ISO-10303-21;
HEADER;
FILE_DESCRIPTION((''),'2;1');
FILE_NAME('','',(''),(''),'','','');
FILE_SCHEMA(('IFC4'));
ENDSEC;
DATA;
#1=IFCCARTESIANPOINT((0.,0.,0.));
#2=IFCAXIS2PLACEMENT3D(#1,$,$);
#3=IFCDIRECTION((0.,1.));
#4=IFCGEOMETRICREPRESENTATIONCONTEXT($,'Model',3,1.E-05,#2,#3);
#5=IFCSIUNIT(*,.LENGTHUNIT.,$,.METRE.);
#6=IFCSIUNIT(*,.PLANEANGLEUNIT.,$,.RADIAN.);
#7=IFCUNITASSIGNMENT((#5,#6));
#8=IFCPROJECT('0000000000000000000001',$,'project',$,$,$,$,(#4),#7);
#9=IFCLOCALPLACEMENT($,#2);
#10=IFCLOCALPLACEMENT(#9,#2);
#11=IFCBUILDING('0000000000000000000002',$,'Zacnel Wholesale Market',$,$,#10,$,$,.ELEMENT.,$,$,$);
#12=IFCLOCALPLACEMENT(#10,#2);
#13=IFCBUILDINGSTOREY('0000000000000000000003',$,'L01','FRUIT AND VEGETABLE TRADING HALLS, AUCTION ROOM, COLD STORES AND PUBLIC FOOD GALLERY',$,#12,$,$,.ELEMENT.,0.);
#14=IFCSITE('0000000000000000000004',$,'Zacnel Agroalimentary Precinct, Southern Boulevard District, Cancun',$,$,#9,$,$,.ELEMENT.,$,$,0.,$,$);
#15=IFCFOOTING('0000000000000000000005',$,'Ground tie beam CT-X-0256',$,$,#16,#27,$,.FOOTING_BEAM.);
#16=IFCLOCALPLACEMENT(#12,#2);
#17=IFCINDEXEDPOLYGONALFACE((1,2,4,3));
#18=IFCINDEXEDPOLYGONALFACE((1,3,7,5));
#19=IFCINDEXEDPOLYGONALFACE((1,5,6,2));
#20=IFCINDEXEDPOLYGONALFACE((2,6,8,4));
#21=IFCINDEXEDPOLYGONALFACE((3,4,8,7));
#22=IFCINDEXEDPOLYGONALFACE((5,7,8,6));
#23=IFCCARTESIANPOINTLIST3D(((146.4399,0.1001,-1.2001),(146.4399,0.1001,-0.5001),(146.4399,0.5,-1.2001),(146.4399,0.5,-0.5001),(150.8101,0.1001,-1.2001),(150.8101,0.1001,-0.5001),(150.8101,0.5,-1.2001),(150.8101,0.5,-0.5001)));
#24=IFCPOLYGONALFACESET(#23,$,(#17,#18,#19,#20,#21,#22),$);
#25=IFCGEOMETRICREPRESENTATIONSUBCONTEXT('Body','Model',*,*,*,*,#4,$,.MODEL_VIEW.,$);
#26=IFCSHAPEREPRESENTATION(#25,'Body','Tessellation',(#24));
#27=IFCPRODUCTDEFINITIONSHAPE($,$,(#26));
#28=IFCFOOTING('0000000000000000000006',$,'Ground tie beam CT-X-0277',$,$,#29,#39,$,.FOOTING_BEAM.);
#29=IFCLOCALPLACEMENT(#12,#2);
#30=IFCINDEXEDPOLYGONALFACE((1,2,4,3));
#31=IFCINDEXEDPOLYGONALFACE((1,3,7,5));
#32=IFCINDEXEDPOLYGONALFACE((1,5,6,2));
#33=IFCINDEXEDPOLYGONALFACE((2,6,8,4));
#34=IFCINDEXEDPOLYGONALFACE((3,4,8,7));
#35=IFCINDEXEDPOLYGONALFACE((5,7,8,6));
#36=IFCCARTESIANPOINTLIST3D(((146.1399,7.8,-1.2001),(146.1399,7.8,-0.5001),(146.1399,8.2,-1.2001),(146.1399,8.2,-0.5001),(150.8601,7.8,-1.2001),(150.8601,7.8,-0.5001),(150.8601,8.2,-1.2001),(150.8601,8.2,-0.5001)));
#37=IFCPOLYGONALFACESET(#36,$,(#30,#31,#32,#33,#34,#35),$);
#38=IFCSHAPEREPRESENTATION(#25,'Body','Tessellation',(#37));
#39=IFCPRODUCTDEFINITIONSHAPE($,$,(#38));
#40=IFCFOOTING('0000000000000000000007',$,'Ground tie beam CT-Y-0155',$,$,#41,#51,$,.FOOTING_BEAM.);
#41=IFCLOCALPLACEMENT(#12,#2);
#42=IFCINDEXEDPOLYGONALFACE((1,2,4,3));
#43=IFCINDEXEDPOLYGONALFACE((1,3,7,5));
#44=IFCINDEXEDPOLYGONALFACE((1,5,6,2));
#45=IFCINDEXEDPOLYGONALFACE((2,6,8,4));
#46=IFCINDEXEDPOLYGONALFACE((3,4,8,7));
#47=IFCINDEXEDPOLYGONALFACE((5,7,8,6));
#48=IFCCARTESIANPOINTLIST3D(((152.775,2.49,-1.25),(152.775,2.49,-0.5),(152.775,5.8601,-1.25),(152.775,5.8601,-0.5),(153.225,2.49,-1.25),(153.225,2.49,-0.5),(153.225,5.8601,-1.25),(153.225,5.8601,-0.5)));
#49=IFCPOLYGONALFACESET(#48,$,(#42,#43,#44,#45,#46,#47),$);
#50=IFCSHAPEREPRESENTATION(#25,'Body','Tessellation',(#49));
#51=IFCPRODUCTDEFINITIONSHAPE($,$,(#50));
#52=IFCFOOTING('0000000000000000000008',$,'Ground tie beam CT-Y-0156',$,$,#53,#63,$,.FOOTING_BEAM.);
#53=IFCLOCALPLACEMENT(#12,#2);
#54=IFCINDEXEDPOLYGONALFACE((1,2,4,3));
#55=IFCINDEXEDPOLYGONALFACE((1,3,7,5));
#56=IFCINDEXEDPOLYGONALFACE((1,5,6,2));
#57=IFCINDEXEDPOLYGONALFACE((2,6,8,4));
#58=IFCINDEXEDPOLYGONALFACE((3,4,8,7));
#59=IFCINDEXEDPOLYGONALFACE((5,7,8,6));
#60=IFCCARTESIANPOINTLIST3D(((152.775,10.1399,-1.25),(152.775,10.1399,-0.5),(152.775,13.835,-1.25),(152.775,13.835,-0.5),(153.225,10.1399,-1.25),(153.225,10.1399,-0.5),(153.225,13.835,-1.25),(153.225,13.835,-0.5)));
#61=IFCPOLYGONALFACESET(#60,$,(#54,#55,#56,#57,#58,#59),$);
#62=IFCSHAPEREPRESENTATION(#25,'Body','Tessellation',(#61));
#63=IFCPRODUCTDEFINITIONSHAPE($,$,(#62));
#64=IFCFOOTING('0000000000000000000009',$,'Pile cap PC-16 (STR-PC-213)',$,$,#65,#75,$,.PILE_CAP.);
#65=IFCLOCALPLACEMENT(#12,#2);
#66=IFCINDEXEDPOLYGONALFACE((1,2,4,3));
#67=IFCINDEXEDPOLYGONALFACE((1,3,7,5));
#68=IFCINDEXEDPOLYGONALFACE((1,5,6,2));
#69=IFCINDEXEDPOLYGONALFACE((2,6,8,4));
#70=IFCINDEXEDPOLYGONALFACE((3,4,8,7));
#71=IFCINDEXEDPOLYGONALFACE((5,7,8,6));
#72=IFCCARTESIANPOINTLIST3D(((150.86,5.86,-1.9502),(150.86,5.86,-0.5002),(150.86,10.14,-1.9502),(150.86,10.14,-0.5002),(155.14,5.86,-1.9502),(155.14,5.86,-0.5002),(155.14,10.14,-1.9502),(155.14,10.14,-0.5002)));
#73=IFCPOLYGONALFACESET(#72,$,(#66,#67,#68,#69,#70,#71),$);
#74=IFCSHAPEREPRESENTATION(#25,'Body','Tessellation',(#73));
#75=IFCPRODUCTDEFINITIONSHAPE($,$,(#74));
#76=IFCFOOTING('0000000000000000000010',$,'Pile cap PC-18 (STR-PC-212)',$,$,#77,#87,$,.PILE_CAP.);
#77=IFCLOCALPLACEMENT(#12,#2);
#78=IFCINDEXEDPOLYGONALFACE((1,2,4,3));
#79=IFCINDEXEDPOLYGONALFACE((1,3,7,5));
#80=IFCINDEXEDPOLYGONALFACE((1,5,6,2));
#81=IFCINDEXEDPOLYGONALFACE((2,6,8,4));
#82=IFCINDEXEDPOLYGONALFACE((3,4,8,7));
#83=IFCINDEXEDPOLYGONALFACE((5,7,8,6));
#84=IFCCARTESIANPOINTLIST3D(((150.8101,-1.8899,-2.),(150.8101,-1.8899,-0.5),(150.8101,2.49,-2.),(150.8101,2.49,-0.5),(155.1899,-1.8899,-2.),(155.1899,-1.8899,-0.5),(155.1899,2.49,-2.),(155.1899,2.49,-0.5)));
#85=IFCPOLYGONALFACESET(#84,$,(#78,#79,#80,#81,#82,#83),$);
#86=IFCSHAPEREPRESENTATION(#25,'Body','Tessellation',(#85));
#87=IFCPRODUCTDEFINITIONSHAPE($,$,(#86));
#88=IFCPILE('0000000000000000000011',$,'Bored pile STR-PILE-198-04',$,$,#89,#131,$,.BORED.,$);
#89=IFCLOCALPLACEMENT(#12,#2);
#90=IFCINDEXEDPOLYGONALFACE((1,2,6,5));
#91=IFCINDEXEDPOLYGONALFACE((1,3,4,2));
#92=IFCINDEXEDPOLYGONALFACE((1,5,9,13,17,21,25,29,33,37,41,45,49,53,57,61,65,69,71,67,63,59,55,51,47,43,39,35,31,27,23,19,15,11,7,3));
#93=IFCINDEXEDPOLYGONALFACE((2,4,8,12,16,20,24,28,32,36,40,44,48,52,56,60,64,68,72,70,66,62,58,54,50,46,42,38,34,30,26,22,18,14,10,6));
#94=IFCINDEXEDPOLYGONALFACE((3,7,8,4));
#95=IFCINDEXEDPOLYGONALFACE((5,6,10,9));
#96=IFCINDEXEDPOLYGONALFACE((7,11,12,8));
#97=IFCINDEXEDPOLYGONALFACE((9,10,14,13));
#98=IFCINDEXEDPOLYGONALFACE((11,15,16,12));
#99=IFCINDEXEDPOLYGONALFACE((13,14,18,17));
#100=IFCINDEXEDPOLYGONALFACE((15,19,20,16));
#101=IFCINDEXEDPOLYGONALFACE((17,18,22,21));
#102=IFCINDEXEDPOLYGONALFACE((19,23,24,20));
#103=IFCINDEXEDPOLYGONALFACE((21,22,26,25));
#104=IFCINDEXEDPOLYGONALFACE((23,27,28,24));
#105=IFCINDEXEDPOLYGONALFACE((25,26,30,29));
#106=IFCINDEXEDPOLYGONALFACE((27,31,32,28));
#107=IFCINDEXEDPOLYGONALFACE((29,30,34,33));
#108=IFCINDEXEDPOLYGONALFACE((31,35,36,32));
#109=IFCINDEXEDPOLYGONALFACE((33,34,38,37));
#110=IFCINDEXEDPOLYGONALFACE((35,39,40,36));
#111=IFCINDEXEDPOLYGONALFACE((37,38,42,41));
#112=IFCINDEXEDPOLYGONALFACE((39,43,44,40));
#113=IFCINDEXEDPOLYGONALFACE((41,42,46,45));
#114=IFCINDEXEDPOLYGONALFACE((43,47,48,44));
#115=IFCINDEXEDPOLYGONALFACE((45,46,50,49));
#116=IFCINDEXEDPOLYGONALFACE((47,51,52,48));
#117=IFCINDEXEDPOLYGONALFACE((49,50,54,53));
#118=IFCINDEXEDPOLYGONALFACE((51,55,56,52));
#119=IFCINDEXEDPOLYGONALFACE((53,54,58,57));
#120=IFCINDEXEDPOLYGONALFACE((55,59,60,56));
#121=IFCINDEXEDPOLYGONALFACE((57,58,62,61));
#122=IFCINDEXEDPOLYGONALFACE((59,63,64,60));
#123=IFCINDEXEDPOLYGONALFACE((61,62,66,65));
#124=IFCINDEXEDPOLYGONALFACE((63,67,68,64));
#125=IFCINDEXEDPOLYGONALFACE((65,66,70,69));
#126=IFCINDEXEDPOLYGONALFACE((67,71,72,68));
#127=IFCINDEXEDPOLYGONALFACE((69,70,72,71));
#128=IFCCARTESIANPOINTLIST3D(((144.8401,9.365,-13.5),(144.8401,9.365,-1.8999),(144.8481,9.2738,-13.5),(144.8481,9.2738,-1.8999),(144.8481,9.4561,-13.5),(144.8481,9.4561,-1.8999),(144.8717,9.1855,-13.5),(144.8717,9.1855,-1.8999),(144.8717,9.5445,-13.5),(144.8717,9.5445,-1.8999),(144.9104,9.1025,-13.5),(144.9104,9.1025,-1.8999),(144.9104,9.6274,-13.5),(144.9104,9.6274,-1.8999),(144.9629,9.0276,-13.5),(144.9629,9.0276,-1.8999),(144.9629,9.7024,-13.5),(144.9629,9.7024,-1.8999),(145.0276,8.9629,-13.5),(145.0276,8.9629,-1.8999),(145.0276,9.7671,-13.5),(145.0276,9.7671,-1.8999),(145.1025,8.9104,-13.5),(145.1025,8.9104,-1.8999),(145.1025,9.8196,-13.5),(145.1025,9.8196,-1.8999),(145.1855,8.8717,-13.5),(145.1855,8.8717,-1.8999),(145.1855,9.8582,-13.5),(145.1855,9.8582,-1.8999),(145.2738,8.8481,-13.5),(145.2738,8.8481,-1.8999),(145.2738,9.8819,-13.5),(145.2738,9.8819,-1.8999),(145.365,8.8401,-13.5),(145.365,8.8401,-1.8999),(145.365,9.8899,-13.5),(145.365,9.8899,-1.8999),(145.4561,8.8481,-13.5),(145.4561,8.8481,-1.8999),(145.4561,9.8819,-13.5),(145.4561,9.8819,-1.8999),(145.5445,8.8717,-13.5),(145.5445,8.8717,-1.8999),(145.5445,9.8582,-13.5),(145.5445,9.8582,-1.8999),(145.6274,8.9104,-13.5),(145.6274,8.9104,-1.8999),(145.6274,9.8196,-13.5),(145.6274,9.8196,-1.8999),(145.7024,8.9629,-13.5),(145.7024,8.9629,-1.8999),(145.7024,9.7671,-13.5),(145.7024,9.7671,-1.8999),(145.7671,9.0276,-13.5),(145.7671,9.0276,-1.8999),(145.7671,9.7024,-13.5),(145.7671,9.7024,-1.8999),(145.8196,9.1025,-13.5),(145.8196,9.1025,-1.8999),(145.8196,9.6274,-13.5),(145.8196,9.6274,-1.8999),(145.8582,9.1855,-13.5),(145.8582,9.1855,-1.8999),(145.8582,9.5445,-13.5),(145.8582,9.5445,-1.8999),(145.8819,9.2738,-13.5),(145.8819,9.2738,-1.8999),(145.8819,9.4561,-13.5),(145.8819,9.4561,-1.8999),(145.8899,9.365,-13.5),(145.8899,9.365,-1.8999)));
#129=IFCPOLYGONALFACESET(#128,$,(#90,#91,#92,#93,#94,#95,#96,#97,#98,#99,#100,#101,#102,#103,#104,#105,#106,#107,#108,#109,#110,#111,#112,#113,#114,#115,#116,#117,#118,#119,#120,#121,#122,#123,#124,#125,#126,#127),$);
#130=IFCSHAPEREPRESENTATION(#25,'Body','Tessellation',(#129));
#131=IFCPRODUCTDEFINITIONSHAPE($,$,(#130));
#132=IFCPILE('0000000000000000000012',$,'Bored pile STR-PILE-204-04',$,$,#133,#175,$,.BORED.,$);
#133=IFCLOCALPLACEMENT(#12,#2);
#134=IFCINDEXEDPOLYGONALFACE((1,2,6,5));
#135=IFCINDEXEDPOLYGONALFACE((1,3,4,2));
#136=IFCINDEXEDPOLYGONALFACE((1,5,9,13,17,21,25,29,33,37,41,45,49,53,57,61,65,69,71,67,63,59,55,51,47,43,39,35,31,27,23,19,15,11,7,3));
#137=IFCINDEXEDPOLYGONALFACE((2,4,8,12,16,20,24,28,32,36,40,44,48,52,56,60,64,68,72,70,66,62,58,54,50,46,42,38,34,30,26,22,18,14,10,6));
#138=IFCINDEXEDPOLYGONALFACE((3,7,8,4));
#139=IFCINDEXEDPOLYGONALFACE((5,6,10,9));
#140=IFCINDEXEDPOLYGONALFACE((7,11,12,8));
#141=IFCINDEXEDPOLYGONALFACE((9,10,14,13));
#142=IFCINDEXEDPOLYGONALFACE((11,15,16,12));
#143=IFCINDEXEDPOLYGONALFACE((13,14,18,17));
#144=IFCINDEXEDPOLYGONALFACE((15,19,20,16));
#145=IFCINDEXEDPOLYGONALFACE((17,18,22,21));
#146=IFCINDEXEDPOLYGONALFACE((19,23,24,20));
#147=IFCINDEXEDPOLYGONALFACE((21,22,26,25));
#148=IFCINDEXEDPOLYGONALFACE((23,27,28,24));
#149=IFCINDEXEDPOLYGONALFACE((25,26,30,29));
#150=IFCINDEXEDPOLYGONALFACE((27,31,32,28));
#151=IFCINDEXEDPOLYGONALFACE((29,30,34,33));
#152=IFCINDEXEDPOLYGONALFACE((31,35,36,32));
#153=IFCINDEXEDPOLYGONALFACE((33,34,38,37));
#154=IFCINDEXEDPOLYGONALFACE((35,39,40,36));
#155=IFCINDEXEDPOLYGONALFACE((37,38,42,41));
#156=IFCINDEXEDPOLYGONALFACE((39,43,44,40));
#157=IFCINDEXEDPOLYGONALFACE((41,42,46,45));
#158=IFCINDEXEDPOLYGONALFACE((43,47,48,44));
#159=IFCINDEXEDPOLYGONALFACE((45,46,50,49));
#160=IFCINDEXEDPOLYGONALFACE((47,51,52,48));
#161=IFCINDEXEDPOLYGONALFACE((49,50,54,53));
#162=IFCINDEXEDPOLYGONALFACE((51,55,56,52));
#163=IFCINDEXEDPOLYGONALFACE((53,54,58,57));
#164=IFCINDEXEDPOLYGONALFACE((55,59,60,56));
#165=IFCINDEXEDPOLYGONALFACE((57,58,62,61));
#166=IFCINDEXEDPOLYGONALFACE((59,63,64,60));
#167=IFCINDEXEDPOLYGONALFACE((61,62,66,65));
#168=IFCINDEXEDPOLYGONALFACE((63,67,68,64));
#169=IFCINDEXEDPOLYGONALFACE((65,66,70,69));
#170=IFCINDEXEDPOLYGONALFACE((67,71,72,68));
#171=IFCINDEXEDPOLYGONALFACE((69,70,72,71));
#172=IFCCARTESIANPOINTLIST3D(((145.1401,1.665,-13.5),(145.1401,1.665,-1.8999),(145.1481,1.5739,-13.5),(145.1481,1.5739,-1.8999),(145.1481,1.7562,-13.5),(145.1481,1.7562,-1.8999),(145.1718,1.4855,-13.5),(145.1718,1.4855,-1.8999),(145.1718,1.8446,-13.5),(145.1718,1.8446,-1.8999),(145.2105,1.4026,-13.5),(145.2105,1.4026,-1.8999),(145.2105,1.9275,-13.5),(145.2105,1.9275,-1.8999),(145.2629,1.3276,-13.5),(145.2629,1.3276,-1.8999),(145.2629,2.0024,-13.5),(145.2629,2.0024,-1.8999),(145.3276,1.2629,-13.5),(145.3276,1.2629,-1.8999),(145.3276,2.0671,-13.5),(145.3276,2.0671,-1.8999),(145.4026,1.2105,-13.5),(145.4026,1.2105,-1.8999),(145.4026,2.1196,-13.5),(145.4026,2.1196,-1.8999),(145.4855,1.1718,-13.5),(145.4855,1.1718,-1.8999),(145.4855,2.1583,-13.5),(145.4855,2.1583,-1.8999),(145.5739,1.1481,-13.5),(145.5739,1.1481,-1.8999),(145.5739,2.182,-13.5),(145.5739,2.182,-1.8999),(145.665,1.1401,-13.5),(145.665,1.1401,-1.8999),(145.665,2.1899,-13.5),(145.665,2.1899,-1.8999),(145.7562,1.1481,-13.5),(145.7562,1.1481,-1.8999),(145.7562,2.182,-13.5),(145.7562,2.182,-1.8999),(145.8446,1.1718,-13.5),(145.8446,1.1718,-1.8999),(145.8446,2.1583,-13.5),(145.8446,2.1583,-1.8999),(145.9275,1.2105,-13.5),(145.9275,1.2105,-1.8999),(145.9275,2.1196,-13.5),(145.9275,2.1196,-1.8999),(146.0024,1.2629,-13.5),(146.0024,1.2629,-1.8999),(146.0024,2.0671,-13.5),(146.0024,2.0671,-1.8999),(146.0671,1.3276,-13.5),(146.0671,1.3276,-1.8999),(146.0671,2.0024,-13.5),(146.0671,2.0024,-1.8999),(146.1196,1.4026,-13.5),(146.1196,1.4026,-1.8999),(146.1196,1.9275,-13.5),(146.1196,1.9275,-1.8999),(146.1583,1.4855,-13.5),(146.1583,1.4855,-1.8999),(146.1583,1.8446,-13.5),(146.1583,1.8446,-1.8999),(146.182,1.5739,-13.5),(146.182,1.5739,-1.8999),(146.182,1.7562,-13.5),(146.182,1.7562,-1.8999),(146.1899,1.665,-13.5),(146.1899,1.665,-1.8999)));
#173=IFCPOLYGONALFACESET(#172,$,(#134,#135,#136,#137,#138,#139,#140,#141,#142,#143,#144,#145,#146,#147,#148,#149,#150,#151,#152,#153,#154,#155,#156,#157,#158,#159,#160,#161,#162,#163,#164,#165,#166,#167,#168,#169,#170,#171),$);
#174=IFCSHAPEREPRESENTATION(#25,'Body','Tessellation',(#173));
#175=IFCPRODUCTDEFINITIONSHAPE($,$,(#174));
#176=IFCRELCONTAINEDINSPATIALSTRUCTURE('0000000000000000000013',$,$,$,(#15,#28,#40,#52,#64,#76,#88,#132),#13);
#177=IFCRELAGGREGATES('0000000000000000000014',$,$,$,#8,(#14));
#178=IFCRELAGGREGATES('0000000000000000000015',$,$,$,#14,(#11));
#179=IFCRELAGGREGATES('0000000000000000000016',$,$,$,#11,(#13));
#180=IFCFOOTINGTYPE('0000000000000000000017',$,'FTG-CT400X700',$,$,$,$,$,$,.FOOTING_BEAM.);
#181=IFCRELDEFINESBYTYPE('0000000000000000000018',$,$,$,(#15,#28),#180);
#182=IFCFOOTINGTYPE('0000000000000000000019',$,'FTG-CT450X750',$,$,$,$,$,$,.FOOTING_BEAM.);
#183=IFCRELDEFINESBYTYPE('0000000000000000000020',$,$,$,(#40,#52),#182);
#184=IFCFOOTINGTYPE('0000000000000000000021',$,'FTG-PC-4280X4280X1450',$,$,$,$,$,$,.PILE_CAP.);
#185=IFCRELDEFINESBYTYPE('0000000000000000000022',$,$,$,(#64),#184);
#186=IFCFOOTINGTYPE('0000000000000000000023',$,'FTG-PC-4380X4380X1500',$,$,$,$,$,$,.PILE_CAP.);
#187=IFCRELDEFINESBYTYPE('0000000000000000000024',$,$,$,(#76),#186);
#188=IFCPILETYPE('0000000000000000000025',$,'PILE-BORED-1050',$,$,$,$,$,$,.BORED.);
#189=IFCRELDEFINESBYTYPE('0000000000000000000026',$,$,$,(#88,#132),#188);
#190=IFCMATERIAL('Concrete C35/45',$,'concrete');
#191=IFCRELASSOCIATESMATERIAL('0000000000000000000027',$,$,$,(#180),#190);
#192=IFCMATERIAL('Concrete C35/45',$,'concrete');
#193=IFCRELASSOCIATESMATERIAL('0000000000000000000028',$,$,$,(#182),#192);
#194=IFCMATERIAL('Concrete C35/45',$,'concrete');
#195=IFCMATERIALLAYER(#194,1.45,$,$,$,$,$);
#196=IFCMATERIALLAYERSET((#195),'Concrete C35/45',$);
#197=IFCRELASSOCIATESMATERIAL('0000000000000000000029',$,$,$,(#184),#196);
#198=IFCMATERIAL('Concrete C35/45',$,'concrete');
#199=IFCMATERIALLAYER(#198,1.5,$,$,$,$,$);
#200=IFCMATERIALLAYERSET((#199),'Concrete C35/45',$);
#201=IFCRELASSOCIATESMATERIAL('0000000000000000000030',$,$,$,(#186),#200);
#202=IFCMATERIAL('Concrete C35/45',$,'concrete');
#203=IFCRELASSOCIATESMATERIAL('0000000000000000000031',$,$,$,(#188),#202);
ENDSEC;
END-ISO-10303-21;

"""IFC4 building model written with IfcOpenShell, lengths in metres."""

from ifc_helpers import new_model, si_unit, direction, frame, origin, origin_2d, place, context, subcontext, project, spatial, rectangle, circle, extrude, material, layer, layer_set, material_profile, profile_set, type_object, element, save


model = new_model("IFC4")

# Units and contexts
model_context = context("Model", 3, precision=1e-05, world=origin(), true_north=direction((0.0, 1.0)))
body_context = subcontext(model_context, "Body", "Model", "MODEL_VIEW")
ifc_project = project(units=[si_unit("LENGTHUNIT", "METRE"), si_unit("PLANEANGLEUNIT", "RADIAN")], contexts=[model_context])

# Site, building, storey
site_placement = place(None, origin())
site = spatial("IfcSite", under=ifc_project, at=site_placement, Name="Zacnel Agroalimentary Precinct, Southern Boulevard District, Cancun", CompositionType="ELEMENT", RefElevation=0.0)
building_placement = place(site_placement, origin())
building = spatial("IfcBuilding", under=site, at=building_placement, Name="Zacnel Wholesale Market", CompositionType="ELEMENT")
storey_placement = place(building_placement, origin())
storey = spatial("IfcBuildingStorey", under=building, at=storey_placement, Name="L01", Description="FRUIT AND VEGETABLE TRADING HALLS, AUCTION ROOM, COLD STORES AND PUBLIC FOOD GALLERY", CompositionType="ELEMENT", Elevation=0.0)

# Footings
ifc_material_1 = material(Name="Concrete C35/45", Category="concrete")
ifc_material_profile_1 = material_profile(ifc_material_1, rectangle(XDim=0.3999, YDim=0.7, at=origin_2d()), Name="CT 400x700")
ifc_profile_set_1 = profile_set([ifc_material_profile_1], Name="Concrete C35/45")
footing_type_1 = type_object("IfcFootingType", Name="FTG-CT400X700", PredefinedType="FOOTING_BEAM", material=ifc_profile_set_1)
footing_1_placement = place(storey_placement, frame((146.4399, 0.3, -0.8501), z_axis=(1.0, 0.0, 0.0), x_axis=(0.0, 1.0, 0.0)))
element("IfcFooting", 1, at=footing_1_placement, inside=storey, type_object=footing_type_1, Name="Ground tie beam CT-X-0256", PredefinedType="FOOTING_BEAM", context=body_context, shape_type="SweptSolid", body=[
    extrude(rectangle(XDim=0.3999, YDim=0.7, at=origin_2d()), origin(), (0.0, 0.0, 1.0), 4.3701),
])
footing_2_placement = place(storey_placement, frame((146.1399, 8.0, -0.8501), z_axis=(1.0, 0.0, 0.0), x_axis=(0.0, 1.0, 0.0)))
element("IfcFooting", 2, at=footing_2_placement, inside=storey, type_object=footing_type_1, Name="Ground tie beam CT-X-0277", PredefinedType="FOOTING_BEAM", context=body_context, shape_type="SweptSolid", body=[
    extrude(rectangle(XDim=0.3999, YDim=0.7, at=origin_2d()), origin(), (0.0, 0.0, 1.0), 4.7202),
])
ifc_material_2 = material(Name="Concrete C35/45", Category="concrete")
ifc_material_profile_2 = material_profile(ifc_material_2, rectangle(XDim=0.45, YDim=0.75, at=origin_2d()), Name="CT 450x750")
ifc_profile_set_2 = profile_set([ifc_material_profile_2], Name="Concrete C35/45")
footing_type_2 = type_object("IfcFootingType", Name="FTG-CT450X750", PredefinedType="FOOTING_BEAM", material=ifc_profile_set_2)
footing_3_placement = place(storey_placement, frame((153.0, 2.49, -0.875), z_axis=(0.0, 1.0, 0.0), x_axis=(-1.0, 0.0, 0.0)))
element("IfcFooting", 3, at=footing_3_placement, inside=storey, type_object=footing_type_2, Name="Ground tie beam CT-Y-0155", PredefinedType="FOOTING_BEAM", context=body_context, shape_type="SweptSolid", body=[
    extrude(rectangle(XDim=0.45, YDim=0.75, at=origin_2d()), origin(), (0.0, 0.0, 1.0), 3.3701),
])
footing_4_placement = place(storey_placement, frame((153.0, 10.1399, -0.875), z_axis=(0.0, 1.0, 0.0), x_axis=(-1.0, 0.0, 0.0)))
element("IfcFooting", 4, at=footing_4_placement, inside=storey, type_object=footing_type_2, Name="Ground tie beam CT-Y-0156", PredefinedType="FOOTING_BEAM", context=body_context, shape_type="SweptSolid", body=[
    extrude(rectangle(XDim=0.45, YDim=0.75, at=origin_2d()), origin(), (0.0, 0.0, 1.0), 3.6951),
])
ifc_material_3 = material(Name="Concrete C35/45", Category="concrete")
ifc_layer_1 = layer(ifc_material_3, 1.45)
ifc_layer_set_1 = layer_set([ifc_layer_1], Name="Concrete C35/45")
footing_type_3 = type_object("IfcFootingType", Name="FTG-PC-4280X4280X1450", PredefinedType="PILE_CAP", material=ifc_layer_set_1)
footing_5_placement = place(storey_placement, frame((153.0, 8.0, -1.9502), z_axis=(0.0, 0.0, 1.0), x_axis=(1.0, 0.0, 0.0)))
element("IfcFooting", 5, at=footing_5_placement, inside=storey, type_object=footing_type_3, Name="Pile cap PC-16 (STR-PC-213)", PredefinedType="PILE_CAP", context=body_context, shape_type="SweptSolid", body=[
    extrude(rectangle(XDim=4.28, YDim=4.28, at=origin_2d()), origin(), (0.0, 0.0, 1.0), 1.45),
])
ifc_material_4 = material(Name="Concrete C35/45", Category="concrete")
ifc_layer_2 = layer(ifc_material_4, 1.5)
ifc_layer_set_2 = layer_set([ifc_layer_2], Name="Concrete C35/45")
footing_type_4 = type_object("IfcFootingType", Name="FTG-PC-4380X4380X1500", PredefinedType="PILE_CAP", material=ifc_layer_set_2)
footing_6_placement = place(storey_placement, frame((153.0, 0.3, -2.0), z_axis=(0.0, 0.0, 1.0), x_axis=(1.0, 0.0, 0.0)))
element("IfcFooting", 6, at=footing_6_placement, inside=storey, type_object=footing_type_4, Name="Pile cap PC-18 (STR-PC-212)", PredefinedType="PILE_CAP", context=body_context, shape_type="SweptSolid", body=[
    extrude(rectangle(XDim=4.3799, YDim=4.3799, at=origin_2d()), origin(), (0.0, 0.0, 1.0), 1.5),
])

# Piles
ifc_material_5 = material(Name="Concrete C35/45", Category="concrete")
ifc_material_profile_3 = material_profile(ifc_material_5, circle(Radius=0.5249, at=origin_2d()), Name="BORED PILE D1050")
ifc_profile_set_3 = profile_set([ifc_material_profile_3], Name="Concrete C35/45")
pile_type = type_object("IfcPileType", Name="PILE-BORED-1050", PredefinedType="BORED", material=ifc_profile_set_3)
for number, where, z_axis, x_axis, name in (
    (7, (145.365, 9.365, -1.8999), (0.0, 0.0, -1.0), (1.0, 0.0, 0.0), "Bored pile STR-PILE-198-04"),
    (8, (145.665, 1.665, -1.8999), (0.0, 0.0, -1.0), (1.0, 0.0, 0.0), "Bored pile STR-PILE-204-04"),
):
    element("IfcPile", number, at=place(storey_placement, frame(where, z_axis=z_axis, x_axis=x_axis)), inside=storey, type_object=pile_type, Name=name, PredefinedType="BORED", context=body_context, shape_type="SweptSolid", body=[
        extrude(circle(Radius=0.5249, at=origin_2d()), origin(), (0.0, 0.0, 1.0), 11.6001),
    ])

save(model, "model.ifc")
